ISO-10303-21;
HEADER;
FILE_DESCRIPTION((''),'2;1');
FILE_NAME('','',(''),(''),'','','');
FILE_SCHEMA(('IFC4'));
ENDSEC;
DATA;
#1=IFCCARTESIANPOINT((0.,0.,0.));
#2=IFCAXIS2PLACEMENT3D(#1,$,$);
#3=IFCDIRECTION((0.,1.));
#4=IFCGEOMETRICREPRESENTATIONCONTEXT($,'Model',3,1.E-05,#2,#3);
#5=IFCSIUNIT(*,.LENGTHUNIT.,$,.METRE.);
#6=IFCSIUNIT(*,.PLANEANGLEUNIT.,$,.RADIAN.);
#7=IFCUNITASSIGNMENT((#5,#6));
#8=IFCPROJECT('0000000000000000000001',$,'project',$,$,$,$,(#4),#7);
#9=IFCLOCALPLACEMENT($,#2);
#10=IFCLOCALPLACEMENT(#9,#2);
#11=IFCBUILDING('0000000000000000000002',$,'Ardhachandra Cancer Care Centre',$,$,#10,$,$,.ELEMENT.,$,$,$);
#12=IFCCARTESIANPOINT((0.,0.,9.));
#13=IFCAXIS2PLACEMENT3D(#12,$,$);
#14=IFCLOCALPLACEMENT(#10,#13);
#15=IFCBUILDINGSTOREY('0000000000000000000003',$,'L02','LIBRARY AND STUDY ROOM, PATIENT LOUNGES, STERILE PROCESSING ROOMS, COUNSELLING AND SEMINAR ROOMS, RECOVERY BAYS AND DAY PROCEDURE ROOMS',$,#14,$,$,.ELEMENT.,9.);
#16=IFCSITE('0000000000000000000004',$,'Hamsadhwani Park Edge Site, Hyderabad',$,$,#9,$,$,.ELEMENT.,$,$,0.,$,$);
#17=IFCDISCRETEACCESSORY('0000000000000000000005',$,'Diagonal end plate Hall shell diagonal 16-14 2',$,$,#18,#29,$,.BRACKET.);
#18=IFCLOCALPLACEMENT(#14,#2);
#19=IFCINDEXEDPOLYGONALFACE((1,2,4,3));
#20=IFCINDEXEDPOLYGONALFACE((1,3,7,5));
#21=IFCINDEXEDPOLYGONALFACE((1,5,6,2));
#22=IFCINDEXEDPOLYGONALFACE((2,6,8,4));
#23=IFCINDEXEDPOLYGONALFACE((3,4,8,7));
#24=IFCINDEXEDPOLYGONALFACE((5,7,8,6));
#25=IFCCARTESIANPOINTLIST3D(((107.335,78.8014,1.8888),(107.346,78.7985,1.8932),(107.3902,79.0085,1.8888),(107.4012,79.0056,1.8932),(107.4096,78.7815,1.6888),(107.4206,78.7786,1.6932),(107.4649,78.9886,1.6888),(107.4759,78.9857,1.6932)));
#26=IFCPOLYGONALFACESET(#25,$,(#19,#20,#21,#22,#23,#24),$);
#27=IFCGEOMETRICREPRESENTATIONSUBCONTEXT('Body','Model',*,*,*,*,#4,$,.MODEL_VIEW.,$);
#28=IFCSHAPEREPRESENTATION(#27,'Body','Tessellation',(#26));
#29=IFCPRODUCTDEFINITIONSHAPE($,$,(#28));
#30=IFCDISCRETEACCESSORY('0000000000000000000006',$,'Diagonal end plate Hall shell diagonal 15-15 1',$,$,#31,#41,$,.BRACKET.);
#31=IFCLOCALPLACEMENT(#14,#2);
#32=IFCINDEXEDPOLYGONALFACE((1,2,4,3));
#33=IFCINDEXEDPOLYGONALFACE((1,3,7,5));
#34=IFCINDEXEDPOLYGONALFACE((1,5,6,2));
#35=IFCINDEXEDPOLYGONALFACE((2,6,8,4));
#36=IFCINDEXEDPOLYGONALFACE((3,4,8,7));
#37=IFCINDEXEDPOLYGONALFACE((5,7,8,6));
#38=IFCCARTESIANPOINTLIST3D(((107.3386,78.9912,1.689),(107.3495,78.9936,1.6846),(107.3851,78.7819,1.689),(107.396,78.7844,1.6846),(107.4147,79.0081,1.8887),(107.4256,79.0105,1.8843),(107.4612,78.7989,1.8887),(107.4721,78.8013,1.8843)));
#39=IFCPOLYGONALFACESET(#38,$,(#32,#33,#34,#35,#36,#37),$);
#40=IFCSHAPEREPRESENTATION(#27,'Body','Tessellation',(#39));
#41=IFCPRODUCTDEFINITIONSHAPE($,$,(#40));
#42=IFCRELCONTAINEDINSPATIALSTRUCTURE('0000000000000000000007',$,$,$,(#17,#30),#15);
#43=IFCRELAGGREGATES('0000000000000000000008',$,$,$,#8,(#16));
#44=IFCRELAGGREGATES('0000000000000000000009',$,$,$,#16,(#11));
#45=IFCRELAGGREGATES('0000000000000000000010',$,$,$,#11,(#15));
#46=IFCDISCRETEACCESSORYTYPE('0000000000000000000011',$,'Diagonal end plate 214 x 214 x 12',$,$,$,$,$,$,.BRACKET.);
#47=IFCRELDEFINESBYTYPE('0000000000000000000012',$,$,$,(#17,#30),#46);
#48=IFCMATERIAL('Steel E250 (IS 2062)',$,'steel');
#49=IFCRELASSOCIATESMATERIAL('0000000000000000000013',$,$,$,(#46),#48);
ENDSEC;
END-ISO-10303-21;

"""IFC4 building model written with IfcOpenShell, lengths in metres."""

from ifc_helpers import new_model, si_unit, direction, frame, origin, origin_2d, place, context, subcontext, project, spatial, rectangle, extrude, material, material_profile, profile_set, type_object, element, save


model = new_model("IFC4")

# Units and contexts
model_context = context("Model", 3, precision=1e-05, world=origin(), true_north=direction((0.0, 1.0)))
body_context = subcontext(model_context, "Body", "Model", "MODEL_VIEW")
ifc_project = project(units=[si_unit("LENGTHUNIT", "METRE"), si_unit("PLANEANGLEUNIT", "RADIAN")], contexts=[model_context])

# Site, building, storey
site_placement = place(None, origin())
site = spatial("IfcSite", under=ifc_project, at=site_placement, Name="Hamsadhwani Park Edge Site, Hyderabad", CompositionType="ELEMENT", RefElevation=0.0)
building_placement = place(site_placement, origin())
building = spatial("IfcBuilding", under=site, at=building_placement, Name="Ardhachandra Cancer Care Centre", CompositionType="ELEMENT")
storey_placement = place(building_placement, frame((0.0, 0.0, 9.0)))
storey = spatial("IfcBuildingStorey", under=building, at=storey_placement, Name="L02", Description="LIBRARY AND STUDY ROOM, PATIENT LOUNGES, STERILE PROCESSING ROOMS, COUNSELLING AND SEMINAR ROOMS, RECOVERY BAYS AND DAY PROCEDURE ROOMS", CompositionType="ELEMENT", Elevation=9.0)

# Discrete accessories
ifc_material_1 = material(Name="Steel E250 (IS 2062)", Category="steel")
ifc_material_profile_1 = material_profile(ifc_material_1, rectangle(XDim=0.2144, YDim=0.2144, at=origin_2d()), Name="PL 214x214x12")
ifc_profile_set_1 = profile_set([ifc_material_profile_1], Name="Steel E250 (IS 2062)")
discrete_accessory_type = type_object("IfcDiscreteAccessoryType", Name="Diagonal end plate 214 x 214 x 12", PredefinedType="BRACKET", material=ifc_profile_set_1)
for number, where, z_axis, x_axis, name in (
    (1, (107.3999, 78.895, 1.7888), (0.901263, -0.240337, 0.360505), (0.257663, 0.966235, 0.0), "Diagonal end plate Hall shell diagonal 16-14 2"),
):
    element("IfcDiscreteAccessory", number, at=place(storey_placement, frame(where, z_axis=z_axis, x_axis=x_axis)), inside=storey, type_object=discrete_accessory_type, Name=name, PredefinedType="BRACKET", context=body_context, shape_type="SweptSolid", body=[
        extrude(rectangle(XDim=0.2144, YDim=0.2144, at=origin_2d()), origin(), (0.0, 0.0, 1.0), 0.0122),
    ])
discrete_accessory_placement = place(storey_placement, frame((107.3999, 78.895, 1.7888), z_axis=(0.909323, 0.202072, -0.363729), x_axis=(-0.21693, 0.976187, 0.0)))
element("IfcDiscreteAccessory", 2, at=discrete_accessory_placement, inside=storey, type_object=discrete_accessory_type, Name="Diagonal end plate Hall shell diagonal 15-15 1", PredefinedType="BRACKET", context=body_context, shape_type="SweptSolid", body=[
    extrude(rectangle(XDim=0.2144, YDim=0.2144, at=origin_2d()), origin(), (0.0, 0.0, 1.0), 0.012),
])

save(model, "model.ifc")
